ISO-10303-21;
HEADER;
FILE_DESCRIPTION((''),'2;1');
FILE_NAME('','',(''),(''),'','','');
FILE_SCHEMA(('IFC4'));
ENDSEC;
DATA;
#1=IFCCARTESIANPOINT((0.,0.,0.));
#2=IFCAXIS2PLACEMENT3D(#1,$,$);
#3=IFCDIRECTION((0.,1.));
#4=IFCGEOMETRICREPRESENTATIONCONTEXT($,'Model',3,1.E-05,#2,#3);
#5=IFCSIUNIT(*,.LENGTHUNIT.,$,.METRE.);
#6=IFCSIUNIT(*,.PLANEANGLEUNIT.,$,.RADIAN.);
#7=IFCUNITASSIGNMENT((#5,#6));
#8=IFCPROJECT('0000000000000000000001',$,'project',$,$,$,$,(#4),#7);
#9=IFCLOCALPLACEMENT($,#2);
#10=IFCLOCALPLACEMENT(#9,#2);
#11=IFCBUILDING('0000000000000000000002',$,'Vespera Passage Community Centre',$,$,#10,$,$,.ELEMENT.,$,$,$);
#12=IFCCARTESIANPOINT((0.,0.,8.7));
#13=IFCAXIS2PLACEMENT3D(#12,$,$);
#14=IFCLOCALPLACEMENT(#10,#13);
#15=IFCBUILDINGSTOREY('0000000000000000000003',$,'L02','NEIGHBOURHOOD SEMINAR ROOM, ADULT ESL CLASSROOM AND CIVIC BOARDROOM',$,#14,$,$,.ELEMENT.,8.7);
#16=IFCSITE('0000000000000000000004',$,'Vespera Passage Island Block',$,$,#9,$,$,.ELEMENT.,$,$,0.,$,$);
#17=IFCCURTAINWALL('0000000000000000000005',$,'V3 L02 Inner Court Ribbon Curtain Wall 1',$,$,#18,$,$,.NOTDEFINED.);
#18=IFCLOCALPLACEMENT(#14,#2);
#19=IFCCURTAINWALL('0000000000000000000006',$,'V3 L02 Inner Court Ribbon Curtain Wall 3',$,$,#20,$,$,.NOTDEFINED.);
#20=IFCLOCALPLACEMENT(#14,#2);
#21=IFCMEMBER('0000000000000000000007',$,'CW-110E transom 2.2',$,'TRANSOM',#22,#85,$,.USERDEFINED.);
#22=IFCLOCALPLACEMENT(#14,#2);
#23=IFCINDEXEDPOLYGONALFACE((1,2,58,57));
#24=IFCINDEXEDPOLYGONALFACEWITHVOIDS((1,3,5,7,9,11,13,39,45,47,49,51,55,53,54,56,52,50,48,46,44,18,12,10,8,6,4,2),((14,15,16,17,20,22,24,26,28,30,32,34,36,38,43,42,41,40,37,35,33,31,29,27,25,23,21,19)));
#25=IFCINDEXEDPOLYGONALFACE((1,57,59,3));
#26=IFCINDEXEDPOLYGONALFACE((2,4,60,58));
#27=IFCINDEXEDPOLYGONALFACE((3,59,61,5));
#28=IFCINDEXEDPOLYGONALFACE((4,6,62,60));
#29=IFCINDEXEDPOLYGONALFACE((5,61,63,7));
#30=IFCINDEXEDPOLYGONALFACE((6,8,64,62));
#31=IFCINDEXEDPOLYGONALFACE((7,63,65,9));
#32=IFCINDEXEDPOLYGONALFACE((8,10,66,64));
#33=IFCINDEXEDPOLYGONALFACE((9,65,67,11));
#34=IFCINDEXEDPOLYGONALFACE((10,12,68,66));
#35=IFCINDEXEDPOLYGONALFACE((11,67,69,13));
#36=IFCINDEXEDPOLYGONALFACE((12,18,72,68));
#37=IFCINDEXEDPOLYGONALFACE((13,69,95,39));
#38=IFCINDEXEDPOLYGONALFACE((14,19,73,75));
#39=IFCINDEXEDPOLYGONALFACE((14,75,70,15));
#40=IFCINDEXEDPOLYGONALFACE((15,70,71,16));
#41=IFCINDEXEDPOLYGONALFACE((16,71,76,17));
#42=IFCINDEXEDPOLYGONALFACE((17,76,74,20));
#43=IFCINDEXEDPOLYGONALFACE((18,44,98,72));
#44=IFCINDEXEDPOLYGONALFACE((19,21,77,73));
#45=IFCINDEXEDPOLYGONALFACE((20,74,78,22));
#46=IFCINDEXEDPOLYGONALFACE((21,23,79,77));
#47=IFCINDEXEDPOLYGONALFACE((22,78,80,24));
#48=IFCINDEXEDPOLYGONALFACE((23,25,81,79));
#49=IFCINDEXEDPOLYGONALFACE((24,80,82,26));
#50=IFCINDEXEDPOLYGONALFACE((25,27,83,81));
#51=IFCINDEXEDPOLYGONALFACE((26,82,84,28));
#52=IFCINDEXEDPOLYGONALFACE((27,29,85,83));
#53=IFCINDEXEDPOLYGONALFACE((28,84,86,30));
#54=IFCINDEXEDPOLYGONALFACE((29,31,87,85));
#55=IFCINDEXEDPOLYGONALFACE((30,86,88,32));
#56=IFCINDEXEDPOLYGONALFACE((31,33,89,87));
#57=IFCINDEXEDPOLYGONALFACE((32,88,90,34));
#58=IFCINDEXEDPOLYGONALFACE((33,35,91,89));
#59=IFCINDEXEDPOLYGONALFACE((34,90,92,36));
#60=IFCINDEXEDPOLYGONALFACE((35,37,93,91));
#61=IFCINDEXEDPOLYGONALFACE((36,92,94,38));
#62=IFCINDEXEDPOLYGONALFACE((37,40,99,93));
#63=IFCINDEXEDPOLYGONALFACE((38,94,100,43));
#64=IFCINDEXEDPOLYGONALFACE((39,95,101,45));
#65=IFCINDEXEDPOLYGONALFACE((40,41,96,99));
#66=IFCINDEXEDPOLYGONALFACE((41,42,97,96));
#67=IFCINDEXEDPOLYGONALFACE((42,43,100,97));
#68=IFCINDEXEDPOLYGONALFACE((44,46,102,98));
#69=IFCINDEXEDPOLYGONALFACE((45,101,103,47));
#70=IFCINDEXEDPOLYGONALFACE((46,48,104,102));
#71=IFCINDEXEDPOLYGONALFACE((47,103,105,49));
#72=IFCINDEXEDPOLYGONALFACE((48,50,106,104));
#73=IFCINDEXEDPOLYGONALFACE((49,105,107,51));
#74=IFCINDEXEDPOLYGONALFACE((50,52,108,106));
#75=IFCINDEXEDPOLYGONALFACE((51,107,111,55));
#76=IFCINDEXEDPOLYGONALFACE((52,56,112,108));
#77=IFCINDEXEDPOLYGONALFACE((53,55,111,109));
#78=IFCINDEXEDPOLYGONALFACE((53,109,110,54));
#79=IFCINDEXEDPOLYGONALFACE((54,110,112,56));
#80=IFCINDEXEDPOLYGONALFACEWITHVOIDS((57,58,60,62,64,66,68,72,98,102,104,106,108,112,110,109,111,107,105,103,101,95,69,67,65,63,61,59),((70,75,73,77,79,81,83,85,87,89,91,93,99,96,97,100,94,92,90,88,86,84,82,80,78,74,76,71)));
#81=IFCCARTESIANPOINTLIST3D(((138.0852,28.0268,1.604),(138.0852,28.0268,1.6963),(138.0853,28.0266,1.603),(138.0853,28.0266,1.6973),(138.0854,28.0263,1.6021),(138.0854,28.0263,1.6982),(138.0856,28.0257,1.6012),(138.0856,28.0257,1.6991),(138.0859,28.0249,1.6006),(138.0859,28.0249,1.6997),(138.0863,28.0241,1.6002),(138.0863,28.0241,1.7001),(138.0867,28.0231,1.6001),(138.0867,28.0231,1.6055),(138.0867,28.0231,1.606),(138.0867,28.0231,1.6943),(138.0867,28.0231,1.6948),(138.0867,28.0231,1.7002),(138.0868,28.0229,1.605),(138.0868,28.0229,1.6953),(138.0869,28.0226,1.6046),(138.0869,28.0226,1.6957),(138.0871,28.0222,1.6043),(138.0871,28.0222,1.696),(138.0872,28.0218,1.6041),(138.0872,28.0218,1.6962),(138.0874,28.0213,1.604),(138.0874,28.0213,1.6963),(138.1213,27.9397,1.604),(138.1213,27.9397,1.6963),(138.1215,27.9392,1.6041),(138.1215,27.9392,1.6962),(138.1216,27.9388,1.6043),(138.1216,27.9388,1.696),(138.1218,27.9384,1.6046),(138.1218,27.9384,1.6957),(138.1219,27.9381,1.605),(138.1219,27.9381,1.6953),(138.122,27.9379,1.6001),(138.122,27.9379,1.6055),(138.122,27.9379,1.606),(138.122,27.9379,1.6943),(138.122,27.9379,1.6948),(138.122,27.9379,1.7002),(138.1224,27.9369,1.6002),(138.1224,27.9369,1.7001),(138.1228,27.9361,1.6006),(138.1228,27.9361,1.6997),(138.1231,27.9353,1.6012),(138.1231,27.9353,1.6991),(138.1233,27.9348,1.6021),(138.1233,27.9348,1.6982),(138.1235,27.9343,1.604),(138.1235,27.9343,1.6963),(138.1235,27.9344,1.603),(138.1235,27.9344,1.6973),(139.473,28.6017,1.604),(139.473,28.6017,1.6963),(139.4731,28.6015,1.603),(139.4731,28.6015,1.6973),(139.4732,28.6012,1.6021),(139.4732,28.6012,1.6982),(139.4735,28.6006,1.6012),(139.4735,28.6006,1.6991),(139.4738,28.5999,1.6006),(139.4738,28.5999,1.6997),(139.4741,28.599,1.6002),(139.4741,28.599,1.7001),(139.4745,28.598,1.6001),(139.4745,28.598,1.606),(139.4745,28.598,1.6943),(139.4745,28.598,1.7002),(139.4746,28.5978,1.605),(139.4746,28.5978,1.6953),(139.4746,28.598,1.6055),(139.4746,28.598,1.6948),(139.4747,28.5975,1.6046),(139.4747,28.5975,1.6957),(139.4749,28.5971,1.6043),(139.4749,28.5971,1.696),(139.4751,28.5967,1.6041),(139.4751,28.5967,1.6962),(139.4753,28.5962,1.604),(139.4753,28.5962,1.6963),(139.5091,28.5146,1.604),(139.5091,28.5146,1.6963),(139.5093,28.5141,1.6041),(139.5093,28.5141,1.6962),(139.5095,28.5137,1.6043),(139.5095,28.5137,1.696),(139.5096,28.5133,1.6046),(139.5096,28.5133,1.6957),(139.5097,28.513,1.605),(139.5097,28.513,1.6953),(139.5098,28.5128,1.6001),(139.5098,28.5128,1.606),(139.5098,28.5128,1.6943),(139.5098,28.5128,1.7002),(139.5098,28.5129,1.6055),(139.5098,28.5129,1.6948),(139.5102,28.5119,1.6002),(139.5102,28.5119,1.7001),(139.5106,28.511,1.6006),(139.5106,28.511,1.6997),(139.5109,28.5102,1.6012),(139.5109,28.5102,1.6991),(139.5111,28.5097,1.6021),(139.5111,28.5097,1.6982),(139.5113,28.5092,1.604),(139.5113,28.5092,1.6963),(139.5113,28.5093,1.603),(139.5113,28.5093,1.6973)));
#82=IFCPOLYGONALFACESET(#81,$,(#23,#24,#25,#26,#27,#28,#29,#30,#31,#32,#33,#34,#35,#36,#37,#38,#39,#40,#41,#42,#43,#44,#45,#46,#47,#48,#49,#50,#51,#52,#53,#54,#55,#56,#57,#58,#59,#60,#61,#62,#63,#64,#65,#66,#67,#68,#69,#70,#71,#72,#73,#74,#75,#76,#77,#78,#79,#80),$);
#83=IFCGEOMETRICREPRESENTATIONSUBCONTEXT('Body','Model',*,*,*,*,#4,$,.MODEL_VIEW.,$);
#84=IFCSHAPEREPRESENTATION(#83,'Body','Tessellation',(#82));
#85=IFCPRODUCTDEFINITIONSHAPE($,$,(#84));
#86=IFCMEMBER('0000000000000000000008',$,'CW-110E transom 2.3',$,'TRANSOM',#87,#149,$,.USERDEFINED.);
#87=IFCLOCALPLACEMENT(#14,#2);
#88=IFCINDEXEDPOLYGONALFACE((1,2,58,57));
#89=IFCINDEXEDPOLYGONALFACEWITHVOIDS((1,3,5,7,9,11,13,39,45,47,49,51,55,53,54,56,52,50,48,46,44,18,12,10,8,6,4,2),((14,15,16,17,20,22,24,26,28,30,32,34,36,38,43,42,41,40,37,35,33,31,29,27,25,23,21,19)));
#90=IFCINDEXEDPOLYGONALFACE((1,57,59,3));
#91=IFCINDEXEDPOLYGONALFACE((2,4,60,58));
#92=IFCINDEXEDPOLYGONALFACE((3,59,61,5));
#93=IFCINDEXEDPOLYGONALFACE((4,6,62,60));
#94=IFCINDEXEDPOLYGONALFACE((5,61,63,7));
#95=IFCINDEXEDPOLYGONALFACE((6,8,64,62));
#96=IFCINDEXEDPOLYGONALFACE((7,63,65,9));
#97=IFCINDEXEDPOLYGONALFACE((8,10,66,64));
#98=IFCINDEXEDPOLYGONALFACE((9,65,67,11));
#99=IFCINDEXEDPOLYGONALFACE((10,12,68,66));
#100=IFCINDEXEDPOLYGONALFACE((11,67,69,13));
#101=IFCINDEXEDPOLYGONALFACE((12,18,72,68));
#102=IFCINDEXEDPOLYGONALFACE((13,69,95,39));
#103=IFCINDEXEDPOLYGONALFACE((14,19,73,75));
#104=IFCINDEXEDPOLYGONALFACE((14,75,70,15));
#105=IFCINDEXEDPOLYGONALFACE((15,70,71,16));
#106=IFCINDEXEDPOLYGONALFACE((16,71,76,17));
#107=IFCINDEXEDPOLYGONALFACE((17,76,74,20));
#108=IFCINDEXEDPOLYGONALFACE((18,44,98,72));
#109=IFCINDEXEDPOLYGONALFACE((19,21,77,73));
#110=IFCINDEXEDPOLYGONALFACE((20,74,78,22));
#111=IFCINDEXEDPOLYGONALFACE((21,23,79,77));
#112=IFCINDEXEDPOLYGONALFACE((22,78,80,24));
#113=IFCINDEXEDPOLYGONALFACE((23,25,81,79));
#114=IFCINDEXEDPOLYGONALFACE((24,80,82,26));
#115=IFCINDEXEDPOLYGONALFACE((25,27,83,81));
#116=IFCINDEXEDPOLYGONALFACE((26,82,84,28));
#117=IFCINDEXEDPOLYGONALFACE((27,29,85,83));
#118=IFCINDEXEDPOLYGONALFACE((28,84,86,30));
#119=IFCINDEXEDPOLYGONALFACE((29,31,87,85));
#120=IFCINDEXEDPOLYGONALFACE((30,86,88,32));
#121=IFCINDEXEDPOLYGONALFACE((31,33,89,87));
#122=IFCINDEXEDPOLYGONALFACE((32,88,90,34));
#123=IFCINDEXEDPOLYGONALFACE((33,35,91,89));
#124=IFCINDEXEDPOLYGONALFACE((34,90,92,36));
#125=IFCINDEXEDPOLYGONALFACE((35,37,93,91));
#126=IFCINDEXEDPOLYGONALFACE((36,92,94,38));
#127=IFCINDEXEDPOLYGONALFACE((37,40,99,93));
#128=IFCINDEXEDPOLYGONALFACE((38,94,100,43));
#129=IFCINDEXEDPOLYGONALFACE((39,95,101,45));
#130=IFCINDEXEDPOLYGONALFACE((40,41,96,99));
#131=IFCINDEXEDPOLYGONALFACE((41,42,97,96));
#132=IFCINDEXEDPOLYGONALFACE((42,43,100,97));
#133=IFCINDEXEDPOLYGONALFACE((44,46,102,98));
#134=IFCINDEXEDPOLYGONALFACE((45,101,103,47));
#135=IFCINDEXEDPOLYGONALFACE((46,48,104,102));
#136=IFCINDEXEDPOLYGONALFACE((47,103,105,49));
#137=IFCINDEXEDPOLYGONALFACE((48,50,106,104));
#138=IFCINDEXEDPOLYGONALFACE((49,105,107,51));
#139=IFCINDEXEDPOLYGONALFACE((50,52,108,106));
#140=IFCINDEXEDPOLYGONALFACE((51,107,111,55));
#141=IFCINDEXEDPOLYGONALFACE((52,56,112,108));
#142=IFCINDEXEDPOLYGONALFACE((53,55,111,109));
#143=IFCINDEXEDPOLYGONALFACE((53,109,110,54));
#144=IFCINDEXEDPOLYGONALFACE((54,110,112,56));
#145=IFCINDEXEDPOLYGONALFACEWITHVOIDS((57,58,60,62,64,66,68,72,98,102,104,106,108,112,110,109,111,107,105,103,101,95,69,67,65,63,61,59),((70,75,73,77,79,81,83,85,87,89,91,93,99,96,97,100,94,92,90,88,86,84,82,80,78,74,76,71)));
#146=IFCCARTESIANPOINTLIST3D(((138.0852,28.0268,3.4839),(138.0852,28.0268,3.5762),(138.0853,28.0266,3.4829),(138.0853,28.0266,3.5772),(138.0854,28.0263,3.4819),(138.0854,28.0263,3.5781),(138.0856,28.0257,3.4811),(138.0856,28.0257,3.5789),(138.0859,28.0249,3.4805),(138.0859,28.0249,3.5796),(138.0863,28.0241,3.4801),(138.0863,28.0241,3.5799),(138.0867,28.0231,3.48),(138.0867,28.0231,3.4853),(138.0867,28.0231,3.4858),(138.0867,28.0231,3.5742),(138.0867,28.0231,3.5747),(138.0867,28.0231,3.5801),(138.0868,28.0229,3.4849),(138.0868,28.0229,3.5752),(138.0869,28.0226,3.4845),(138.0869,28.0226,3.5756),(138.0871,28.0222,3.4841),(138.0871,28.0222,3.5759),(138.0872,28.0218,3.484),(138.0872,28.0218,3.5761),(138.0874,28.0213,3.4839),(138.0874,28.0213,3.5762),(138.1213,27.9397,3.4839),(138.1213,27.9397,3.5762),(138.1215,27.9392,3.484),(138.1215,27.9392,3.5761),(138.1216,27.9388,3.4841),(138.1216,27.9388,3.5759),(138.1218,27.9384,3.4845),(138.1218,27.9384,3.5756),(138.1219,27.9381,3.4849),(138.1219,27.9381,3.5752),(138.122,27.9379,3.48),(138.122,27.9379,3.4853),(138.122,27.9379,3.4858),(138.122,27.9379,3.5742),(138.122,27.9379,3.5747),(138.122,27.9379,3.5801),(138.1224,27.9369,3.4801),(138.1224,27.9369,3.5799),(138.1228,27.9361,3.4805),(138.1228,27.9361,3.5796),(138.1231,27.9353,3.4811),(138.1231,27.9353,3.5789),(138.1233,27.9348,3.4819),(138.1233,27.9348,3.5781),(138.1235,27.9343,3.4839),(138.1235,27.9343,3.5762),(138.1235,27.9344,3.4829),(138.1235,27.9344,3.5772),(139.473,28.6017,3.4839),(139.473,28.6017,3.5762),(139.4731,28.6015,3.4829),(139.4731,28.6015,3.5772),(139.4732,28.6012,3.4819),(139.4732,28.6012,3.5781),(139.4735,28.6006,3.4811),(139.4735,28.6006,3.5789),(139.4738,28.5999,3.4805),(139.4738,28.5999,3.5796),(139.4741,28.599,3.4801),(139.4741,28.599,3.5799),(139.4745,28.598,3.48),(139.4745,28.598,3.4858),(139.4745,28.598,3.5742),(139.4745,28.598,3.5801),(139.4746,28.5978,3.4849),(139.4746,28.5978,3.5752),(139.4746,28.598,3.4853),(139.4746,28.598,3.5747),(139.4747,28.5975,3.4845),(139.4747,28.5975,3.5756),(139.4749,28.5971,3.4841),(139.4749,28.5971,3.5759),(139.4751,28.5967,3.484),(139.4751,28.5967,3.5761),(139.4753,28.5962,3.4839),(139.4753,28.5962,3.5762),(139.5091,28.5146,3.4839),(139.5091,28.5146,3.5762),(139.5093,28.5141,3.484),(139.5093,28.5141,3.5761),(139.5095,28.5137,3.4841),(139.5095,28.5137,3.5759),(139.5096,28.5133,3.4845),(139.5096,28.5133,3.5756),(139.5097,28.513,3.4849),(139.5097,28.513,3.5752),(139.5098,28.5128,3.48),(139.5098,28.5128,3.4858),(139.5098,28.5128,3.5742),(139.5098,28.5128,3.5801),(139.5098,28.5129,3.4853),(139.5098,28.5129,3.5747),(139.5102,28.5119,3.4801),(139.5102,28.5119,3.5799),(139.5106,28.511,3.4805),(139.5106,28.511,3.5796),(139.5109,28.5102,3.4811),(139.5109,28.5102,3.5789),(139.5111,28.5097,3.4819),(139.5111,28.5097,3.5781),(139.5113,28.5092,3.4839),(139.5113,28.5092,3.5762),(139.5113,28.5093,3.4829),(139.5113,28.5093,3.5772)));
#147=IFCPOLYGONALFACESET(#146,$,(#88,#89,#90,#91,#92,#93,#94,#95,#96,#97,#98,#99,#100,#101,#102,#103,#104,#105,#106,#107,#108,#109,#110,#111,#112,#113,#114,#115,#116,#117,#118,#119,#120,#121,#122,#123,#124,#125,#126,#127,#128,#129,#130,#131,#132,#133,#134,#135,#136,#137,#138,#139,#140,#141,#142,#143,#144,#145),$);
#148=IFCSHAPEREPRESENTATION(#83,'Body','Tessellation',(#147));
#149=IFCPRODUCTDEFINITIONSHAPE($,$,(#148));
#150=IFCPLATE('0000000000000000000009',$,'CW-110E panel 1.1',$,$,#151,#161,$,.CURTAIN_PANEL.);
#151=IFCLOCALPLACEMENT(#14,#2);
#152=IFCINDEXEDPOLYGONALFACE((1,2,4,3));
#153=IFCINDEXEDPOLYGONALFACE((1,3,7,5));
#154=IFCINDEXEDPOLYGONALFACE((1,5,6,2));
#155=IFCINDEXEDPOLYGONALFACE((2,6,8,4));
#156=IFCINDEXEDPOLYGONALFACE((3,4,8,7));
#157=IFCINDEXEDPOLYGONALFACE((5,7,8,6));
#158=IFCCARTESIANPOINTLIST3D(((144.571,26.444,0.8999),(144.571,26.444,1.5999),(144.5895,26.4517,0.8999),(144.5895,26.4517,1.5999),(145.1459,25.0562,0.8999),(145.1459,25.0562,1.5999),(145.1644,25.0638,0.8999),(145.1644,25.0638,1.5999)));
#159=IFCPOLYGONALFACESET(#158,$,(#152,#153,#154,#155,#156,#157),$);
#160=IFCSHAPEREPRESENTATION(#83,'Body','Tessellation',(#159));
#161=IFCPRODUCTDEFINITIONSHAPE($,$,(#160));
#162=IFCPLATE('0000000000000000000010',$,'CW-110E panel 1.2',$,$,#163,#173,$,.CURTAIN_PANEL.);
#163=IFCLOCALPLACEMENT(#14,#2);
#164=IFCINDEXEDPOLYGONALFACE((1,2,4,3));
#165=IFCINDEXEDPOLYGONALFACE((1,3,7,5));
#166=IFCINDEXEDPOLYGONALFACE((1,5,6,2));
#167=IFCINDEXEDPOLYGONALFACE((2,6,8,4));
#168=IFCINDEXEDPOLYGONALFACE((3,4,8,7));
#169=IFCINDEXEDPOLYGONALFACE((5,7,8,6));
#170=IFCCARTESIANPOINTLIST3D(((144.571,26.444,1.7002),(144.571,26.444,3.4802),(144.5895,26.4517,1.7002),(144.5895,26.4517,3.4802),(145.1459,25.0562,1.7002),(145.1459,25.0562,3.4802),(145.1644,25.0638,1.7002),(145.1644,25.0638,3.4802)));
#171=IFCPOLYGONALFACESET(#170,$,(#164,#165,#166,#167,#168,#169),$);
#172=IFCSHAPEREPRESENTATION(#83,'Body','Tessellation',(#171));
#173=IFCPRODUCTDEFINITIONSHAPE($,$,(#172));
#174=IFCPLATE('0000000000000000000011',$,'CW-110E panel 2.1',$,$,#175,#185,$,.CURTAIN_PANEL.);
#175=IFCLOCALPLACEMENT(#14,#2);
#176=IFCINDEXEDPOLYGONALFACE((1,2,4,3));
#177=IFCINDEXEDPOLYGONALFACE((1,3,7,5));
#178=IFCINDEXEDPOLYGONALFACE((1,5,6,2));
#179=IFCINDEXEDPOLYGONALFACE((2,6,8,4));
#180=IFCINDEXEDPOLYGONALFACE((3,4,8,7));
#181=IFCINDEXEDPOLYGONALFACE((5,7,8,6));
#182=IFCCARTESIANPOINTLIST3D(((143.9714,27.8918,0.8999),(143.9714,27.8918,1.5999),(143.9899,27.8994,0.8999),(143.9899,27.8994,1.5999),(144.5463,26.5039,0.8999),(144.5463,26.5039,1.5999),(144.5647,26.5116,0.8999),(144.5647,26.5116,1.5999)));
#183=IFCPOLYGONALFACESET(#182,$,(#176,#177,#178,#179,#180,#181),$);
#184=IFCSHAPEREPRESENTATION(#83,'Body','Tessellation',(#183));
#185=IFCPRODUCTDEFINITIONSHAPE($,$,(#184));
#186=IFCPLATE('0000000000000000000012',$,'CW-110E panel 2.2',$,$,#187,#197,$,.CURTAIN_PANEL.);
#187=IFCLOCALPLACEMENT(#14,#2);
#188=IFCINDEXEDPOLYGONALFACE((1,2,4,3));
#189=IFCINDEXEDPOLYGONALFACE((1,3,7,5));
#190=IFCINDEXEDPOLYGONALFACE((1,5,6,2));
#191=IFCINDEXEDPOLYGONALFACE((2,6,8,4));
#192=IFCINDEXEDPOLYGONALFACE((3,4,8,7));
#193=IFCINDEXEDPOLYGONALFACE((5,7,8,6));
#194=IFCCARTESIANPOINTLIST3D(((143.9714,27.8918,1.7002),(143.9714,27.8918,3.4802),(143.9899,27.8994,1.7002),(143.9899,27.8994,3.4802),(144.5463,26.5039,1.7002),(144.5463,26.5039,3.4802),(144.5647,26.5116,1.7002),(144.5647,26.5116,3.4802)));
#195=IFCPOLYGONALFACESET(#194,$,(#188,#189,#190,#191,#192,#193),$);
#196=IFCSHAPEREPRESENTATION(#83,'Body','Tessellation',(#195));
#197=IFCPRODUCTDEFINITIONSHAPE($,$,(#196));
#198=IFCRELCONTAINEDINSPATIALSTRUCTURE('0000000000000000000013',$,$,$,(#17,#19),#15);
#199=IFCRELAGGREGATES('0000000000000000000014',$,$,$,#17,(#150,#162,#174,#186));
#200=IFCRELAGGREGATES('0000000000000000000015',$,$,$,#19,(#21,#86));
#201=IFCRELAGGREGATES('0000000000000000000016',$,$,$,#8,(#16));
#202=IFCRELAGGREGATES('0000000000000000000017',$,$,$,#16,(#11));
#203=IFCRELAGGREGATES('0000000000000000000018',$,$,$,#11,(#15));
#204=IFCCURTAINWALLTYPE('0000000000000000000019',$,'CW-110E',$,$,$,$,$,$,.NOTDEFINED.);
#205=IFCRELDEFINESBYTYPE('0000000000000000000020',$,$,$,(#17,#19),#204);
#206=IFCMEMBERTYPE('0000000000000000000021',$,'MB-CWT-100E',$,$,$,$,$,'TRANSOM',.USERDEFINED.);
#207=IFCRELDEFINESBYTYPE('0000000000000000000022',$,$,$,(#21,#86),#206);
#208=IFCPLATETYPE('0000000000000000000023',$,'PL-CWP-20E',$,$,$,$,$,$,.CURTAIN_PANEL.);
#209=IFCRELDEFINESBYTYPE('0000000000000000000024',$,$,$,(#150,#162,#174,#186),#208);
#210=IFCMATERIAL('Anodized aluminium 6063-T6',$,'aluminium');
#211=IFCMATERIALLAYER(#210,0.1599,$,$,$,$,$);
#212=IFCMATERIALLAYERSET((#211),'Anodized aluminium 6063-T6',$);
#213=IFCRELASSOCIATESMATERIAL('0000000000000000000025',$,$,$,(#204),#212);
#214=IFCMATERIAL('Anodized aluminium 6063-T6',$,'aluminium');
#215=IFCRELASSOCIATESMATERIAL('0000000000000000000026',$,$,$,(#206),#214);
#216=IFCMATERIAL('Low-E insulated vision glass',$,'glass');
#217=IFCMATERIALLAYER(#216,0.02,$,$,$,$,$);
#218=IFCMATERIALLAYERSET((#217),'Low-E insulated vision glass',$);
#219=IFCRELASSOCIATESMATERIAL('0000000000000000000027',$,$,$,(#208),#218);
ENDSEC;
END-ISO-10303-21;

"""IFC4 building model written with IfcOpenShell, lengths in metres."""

from ifc_helpers import new_model, si_unit, direction, frame, origin, origin_2d, place, context, subcontext, project, spatial, rectangle, hollow_rectangle, extrude, material, layer, layer_set, material_profile, profile_set, type_object, element, aggregate, save


model = new_model("IFC4")

# Units and contexts
model_context = context("Model", 3, precision=1e-05, world=origin(), true_north=direction((0.0, 1.0)))
body_context = subcontext(model_context, "Body", "Model", "MODEL_VIEW")
ifc_project = project(units=[si_unit("LENGTHUNIT", "METRE"), si_unit("PLANEANGLEUNIT", "RADIAN")], contexts=[model_context])

# Site, building, storey
site_placement = place(None, origin())
site = spatial("IfcSite", under=ifc_project, at=site_placement, Name="Vespera Passage Island Block", CompositionType="ELEMENT", RefElevation=0.0)
building_placement = place(site_placement, origin())
building = spatial("IfcBuilding", under=site, at=building_placement, Name="Vespera Passage Community Centre", CompositionType="ELEMENT")
storey_placement = place(building_placement, frame((0.0, 0.0, 8.7)))
storey = spatial("IfcBuildingStorey", under=building, at=storey_placement, Name="L02", Description="NEIGHBOURHOOD SEMINAR ROOM, ADULT ESL CLASSROOM AND CIVIC BOARDROOM", CompositionType="ELEMENT", Elevation=8.7)

# Curtain wall
ifc_material_1 = material(Name="Anodized aluminium 6063-T6", Category="aluminium")
ifc_layer_1 = layer(ifc_material_1, 0.1599)
ifc_layer_set_1 = layer_set([ifc_layer_1], Name="Anodized aluminium 6063-T6")
curtain_wall_type = type_object("IfcCurtainWallType", Name="CW-110E", PredefinedType="NOTDEFINED", material=ifc_layer_set_1)
curtain_wall_1_placement = place(storey_placement, origin())
curtain_wall_1 = element("IfcCurtainWall", 1, at=curtain_wall_1_placement, inside=storey, type_object=curtain_wall_type, Name="V3 L02 Inner Court Ribbon Curtain Wall 1", PredefinedType="NOTDEFINED")

# Curtain wall
curtain_wall_2_placement = place(storey_placement, origin())
curtain_wall_2 = element("IfcCurtainWall", 2, at=curtain_wall_2_placement, inside=storey, type_object=curtain_wall_type, Name="V3 L02 Inner Court Ribbon Curtain Wall 3", PredefinedType="NOTDEFINED")

# Members
ifc_material_2 = material(Name="Anodized aluminium 6063-T6", Category="aluminium")
ifc_material_profile_1 = material_profile(ifc_material_2, hollow_rectangle(XDim=0.1001, YDim=0.1001, WallThickness=0.0039, InnerFilletRadius=0.002, OuterFilletRadius=0.0039, at=origin_2d()), Name="ALU100X100X4")
ifc_profile_set_1 = profile_set([ifc_material_profile_1], Name="Anodized aluminium 6063-T6")
member_type_1 = type_object("IfcMemberType", Name="MB-CWT-100E", ElementType="TRANSOM", PredefinedType="USERDEFINED", material=ifc_profile_set_1)
member_1_placement = place(storey_placement, frame((139.4922, 28.5554, 1.6501), z_axis=(-0.923868, -0.382711, 0.0), x_axis=(0.382711, -0.923868, 0.0)))
member_1 = element("IfcMember", 3, at=member_1_placement, type_object=member_type_1, Name="CW-110E transom 2.2", ObjectType="TRANSOM", PredefinedType="USERDEFINED", context=body_context, shape_type="SweptSolid", body=[
    extrude(hollow_rectangle(XDim=0.1001, YDim=0.1001, WallThickness=0.0039, InnerFilletRadius=0.002, OuterFilletRadius=0.0039, at=origin_2d()), origin(), (0.0, 0.0, 1.0), 1.5022),
])
member_2_placement = place(storey_placement, frame((139.4922, 28.5554, 3.53), z_axis=(-0.923868, -0.382711, 0.0), x_axis=(0.382711, -0.923868, 0.0)))
member_2 = element("IfcMember", 4, at=member_2_placement, type_object=member_type_1, Name="CW-110E transom 2.3", ObjectType="TRANSOM", PredefinedType="USERDEFINED", context=body_context, shape_type="SweptSolid", body=[
    extrude(hollow_rectangle(XDim=0.1001, YDim=0.1001, WallThickness=0.0039, InnerFilletRadius=0.002, OuterFilletRadius=0.0039, at=origin_2d()), origin(), (0.0, 0.0, 1.0), 1.5022),
])

# Plates
ifc_material_3 = material(Name="Low-E insulated vision glass", Category="glass")
ifc_layer_2 = layer(ifc_material_3, 0.02)
ifc_layer_set_2 = layer_set([ifc_layer_2], Name="Low-E insulated vision glass")
plate_type = type_object("IfcPlateType", Name="PL-CWP-20E", PredefinedType="CURTAIN_PANEL", material=ifc_layer_set_2)
plate_1_placement = place(storey_placement, frame((144.8677, 25.7539, 0.8999), z_axis=(0.0, 0.0, 1.0), x_axis=(-0.382686, 0.923879, 0.0)))
plate_1 = element("IfcPlate", 5, at=plate_1_placement, type_object=plate_type, Name="CW-110E panel 1.1", PredefinedType="CURTAIN_PANEL", context=body_context, shape_type="SweptSolid", body=[
    extrude(rectangle(XDim=1.5022, YDim=0.02, at=origin_2d()), origin(), (0.0, 0.0, 1.0), 0.7),
])
plate_2_placement = place(storey_placement, frame((144.8677, 25.7539, 1.7002), z_axis=(0.0, 0.0, 1.0), x_axis=(-0.382686, 0.923879, 0.0)))
plate_2 = element("IfcPlate", 6, at=plate_2_placement, type_object=plate_type, Name="CW-110E panel 1.2", PredefinedType="CURTAIN_PANEL", context=body_context, shape_type="SweptSolid", body=[
    extrude(rectangle(XDim=1.5022, YDim=0.02, at=origin_2d()), origin(), (0.0, 0.0, 1.0), 1.78),
])
plate_3_placement = place(storey_placement, frame((144.2681, 27.2017, 0.8999), z_axis=(0.0, 0.0, 1.0), x_axis=(-0.382686, 0.923879, 0.0)))
plate_3 = element("IfcPlate", 7, at=plate_3_placement, type_object=plate_type, Name="CW-110E panel 2.1", PredefinedType="CURTAIN_PANEL", context=body_context, shape_type="SweptSolid", body=[
    extrude(rectangle(XDim=1.5022, YDim=0.02, at=origin_2d()), origin(), (0.0, 0.0, 1.0), 0.7),
])
plate_4_placement = place(storey_placement, frame((144.2681, 27.2017, 1.7002), z_axis=(0.0, 0.0, 1.0), x_axis=(-0.382686, 0.923879, 0.0)))
plate_4 = element("IfcPlate", 8, at=plate_4_placement, type_object=plate_type, Name="CW-110E panel 2.2", PredefinedType="CURTAIN_PANEL", context=body_context, shape_type="SweptSolid", body=[
    extrude(rectangle(XDim=1.5022, YDim=0.02, at=origin_2d()), origin(), (0.0, 0.0, 1.0), 1.78),
])
aggregate(curtain_wall_1, [plate_1, plate_2, plate_3, plate_4])
aggregate(curtain_wall_2, [member_1, member_2])

save(model, "model.ifc")
